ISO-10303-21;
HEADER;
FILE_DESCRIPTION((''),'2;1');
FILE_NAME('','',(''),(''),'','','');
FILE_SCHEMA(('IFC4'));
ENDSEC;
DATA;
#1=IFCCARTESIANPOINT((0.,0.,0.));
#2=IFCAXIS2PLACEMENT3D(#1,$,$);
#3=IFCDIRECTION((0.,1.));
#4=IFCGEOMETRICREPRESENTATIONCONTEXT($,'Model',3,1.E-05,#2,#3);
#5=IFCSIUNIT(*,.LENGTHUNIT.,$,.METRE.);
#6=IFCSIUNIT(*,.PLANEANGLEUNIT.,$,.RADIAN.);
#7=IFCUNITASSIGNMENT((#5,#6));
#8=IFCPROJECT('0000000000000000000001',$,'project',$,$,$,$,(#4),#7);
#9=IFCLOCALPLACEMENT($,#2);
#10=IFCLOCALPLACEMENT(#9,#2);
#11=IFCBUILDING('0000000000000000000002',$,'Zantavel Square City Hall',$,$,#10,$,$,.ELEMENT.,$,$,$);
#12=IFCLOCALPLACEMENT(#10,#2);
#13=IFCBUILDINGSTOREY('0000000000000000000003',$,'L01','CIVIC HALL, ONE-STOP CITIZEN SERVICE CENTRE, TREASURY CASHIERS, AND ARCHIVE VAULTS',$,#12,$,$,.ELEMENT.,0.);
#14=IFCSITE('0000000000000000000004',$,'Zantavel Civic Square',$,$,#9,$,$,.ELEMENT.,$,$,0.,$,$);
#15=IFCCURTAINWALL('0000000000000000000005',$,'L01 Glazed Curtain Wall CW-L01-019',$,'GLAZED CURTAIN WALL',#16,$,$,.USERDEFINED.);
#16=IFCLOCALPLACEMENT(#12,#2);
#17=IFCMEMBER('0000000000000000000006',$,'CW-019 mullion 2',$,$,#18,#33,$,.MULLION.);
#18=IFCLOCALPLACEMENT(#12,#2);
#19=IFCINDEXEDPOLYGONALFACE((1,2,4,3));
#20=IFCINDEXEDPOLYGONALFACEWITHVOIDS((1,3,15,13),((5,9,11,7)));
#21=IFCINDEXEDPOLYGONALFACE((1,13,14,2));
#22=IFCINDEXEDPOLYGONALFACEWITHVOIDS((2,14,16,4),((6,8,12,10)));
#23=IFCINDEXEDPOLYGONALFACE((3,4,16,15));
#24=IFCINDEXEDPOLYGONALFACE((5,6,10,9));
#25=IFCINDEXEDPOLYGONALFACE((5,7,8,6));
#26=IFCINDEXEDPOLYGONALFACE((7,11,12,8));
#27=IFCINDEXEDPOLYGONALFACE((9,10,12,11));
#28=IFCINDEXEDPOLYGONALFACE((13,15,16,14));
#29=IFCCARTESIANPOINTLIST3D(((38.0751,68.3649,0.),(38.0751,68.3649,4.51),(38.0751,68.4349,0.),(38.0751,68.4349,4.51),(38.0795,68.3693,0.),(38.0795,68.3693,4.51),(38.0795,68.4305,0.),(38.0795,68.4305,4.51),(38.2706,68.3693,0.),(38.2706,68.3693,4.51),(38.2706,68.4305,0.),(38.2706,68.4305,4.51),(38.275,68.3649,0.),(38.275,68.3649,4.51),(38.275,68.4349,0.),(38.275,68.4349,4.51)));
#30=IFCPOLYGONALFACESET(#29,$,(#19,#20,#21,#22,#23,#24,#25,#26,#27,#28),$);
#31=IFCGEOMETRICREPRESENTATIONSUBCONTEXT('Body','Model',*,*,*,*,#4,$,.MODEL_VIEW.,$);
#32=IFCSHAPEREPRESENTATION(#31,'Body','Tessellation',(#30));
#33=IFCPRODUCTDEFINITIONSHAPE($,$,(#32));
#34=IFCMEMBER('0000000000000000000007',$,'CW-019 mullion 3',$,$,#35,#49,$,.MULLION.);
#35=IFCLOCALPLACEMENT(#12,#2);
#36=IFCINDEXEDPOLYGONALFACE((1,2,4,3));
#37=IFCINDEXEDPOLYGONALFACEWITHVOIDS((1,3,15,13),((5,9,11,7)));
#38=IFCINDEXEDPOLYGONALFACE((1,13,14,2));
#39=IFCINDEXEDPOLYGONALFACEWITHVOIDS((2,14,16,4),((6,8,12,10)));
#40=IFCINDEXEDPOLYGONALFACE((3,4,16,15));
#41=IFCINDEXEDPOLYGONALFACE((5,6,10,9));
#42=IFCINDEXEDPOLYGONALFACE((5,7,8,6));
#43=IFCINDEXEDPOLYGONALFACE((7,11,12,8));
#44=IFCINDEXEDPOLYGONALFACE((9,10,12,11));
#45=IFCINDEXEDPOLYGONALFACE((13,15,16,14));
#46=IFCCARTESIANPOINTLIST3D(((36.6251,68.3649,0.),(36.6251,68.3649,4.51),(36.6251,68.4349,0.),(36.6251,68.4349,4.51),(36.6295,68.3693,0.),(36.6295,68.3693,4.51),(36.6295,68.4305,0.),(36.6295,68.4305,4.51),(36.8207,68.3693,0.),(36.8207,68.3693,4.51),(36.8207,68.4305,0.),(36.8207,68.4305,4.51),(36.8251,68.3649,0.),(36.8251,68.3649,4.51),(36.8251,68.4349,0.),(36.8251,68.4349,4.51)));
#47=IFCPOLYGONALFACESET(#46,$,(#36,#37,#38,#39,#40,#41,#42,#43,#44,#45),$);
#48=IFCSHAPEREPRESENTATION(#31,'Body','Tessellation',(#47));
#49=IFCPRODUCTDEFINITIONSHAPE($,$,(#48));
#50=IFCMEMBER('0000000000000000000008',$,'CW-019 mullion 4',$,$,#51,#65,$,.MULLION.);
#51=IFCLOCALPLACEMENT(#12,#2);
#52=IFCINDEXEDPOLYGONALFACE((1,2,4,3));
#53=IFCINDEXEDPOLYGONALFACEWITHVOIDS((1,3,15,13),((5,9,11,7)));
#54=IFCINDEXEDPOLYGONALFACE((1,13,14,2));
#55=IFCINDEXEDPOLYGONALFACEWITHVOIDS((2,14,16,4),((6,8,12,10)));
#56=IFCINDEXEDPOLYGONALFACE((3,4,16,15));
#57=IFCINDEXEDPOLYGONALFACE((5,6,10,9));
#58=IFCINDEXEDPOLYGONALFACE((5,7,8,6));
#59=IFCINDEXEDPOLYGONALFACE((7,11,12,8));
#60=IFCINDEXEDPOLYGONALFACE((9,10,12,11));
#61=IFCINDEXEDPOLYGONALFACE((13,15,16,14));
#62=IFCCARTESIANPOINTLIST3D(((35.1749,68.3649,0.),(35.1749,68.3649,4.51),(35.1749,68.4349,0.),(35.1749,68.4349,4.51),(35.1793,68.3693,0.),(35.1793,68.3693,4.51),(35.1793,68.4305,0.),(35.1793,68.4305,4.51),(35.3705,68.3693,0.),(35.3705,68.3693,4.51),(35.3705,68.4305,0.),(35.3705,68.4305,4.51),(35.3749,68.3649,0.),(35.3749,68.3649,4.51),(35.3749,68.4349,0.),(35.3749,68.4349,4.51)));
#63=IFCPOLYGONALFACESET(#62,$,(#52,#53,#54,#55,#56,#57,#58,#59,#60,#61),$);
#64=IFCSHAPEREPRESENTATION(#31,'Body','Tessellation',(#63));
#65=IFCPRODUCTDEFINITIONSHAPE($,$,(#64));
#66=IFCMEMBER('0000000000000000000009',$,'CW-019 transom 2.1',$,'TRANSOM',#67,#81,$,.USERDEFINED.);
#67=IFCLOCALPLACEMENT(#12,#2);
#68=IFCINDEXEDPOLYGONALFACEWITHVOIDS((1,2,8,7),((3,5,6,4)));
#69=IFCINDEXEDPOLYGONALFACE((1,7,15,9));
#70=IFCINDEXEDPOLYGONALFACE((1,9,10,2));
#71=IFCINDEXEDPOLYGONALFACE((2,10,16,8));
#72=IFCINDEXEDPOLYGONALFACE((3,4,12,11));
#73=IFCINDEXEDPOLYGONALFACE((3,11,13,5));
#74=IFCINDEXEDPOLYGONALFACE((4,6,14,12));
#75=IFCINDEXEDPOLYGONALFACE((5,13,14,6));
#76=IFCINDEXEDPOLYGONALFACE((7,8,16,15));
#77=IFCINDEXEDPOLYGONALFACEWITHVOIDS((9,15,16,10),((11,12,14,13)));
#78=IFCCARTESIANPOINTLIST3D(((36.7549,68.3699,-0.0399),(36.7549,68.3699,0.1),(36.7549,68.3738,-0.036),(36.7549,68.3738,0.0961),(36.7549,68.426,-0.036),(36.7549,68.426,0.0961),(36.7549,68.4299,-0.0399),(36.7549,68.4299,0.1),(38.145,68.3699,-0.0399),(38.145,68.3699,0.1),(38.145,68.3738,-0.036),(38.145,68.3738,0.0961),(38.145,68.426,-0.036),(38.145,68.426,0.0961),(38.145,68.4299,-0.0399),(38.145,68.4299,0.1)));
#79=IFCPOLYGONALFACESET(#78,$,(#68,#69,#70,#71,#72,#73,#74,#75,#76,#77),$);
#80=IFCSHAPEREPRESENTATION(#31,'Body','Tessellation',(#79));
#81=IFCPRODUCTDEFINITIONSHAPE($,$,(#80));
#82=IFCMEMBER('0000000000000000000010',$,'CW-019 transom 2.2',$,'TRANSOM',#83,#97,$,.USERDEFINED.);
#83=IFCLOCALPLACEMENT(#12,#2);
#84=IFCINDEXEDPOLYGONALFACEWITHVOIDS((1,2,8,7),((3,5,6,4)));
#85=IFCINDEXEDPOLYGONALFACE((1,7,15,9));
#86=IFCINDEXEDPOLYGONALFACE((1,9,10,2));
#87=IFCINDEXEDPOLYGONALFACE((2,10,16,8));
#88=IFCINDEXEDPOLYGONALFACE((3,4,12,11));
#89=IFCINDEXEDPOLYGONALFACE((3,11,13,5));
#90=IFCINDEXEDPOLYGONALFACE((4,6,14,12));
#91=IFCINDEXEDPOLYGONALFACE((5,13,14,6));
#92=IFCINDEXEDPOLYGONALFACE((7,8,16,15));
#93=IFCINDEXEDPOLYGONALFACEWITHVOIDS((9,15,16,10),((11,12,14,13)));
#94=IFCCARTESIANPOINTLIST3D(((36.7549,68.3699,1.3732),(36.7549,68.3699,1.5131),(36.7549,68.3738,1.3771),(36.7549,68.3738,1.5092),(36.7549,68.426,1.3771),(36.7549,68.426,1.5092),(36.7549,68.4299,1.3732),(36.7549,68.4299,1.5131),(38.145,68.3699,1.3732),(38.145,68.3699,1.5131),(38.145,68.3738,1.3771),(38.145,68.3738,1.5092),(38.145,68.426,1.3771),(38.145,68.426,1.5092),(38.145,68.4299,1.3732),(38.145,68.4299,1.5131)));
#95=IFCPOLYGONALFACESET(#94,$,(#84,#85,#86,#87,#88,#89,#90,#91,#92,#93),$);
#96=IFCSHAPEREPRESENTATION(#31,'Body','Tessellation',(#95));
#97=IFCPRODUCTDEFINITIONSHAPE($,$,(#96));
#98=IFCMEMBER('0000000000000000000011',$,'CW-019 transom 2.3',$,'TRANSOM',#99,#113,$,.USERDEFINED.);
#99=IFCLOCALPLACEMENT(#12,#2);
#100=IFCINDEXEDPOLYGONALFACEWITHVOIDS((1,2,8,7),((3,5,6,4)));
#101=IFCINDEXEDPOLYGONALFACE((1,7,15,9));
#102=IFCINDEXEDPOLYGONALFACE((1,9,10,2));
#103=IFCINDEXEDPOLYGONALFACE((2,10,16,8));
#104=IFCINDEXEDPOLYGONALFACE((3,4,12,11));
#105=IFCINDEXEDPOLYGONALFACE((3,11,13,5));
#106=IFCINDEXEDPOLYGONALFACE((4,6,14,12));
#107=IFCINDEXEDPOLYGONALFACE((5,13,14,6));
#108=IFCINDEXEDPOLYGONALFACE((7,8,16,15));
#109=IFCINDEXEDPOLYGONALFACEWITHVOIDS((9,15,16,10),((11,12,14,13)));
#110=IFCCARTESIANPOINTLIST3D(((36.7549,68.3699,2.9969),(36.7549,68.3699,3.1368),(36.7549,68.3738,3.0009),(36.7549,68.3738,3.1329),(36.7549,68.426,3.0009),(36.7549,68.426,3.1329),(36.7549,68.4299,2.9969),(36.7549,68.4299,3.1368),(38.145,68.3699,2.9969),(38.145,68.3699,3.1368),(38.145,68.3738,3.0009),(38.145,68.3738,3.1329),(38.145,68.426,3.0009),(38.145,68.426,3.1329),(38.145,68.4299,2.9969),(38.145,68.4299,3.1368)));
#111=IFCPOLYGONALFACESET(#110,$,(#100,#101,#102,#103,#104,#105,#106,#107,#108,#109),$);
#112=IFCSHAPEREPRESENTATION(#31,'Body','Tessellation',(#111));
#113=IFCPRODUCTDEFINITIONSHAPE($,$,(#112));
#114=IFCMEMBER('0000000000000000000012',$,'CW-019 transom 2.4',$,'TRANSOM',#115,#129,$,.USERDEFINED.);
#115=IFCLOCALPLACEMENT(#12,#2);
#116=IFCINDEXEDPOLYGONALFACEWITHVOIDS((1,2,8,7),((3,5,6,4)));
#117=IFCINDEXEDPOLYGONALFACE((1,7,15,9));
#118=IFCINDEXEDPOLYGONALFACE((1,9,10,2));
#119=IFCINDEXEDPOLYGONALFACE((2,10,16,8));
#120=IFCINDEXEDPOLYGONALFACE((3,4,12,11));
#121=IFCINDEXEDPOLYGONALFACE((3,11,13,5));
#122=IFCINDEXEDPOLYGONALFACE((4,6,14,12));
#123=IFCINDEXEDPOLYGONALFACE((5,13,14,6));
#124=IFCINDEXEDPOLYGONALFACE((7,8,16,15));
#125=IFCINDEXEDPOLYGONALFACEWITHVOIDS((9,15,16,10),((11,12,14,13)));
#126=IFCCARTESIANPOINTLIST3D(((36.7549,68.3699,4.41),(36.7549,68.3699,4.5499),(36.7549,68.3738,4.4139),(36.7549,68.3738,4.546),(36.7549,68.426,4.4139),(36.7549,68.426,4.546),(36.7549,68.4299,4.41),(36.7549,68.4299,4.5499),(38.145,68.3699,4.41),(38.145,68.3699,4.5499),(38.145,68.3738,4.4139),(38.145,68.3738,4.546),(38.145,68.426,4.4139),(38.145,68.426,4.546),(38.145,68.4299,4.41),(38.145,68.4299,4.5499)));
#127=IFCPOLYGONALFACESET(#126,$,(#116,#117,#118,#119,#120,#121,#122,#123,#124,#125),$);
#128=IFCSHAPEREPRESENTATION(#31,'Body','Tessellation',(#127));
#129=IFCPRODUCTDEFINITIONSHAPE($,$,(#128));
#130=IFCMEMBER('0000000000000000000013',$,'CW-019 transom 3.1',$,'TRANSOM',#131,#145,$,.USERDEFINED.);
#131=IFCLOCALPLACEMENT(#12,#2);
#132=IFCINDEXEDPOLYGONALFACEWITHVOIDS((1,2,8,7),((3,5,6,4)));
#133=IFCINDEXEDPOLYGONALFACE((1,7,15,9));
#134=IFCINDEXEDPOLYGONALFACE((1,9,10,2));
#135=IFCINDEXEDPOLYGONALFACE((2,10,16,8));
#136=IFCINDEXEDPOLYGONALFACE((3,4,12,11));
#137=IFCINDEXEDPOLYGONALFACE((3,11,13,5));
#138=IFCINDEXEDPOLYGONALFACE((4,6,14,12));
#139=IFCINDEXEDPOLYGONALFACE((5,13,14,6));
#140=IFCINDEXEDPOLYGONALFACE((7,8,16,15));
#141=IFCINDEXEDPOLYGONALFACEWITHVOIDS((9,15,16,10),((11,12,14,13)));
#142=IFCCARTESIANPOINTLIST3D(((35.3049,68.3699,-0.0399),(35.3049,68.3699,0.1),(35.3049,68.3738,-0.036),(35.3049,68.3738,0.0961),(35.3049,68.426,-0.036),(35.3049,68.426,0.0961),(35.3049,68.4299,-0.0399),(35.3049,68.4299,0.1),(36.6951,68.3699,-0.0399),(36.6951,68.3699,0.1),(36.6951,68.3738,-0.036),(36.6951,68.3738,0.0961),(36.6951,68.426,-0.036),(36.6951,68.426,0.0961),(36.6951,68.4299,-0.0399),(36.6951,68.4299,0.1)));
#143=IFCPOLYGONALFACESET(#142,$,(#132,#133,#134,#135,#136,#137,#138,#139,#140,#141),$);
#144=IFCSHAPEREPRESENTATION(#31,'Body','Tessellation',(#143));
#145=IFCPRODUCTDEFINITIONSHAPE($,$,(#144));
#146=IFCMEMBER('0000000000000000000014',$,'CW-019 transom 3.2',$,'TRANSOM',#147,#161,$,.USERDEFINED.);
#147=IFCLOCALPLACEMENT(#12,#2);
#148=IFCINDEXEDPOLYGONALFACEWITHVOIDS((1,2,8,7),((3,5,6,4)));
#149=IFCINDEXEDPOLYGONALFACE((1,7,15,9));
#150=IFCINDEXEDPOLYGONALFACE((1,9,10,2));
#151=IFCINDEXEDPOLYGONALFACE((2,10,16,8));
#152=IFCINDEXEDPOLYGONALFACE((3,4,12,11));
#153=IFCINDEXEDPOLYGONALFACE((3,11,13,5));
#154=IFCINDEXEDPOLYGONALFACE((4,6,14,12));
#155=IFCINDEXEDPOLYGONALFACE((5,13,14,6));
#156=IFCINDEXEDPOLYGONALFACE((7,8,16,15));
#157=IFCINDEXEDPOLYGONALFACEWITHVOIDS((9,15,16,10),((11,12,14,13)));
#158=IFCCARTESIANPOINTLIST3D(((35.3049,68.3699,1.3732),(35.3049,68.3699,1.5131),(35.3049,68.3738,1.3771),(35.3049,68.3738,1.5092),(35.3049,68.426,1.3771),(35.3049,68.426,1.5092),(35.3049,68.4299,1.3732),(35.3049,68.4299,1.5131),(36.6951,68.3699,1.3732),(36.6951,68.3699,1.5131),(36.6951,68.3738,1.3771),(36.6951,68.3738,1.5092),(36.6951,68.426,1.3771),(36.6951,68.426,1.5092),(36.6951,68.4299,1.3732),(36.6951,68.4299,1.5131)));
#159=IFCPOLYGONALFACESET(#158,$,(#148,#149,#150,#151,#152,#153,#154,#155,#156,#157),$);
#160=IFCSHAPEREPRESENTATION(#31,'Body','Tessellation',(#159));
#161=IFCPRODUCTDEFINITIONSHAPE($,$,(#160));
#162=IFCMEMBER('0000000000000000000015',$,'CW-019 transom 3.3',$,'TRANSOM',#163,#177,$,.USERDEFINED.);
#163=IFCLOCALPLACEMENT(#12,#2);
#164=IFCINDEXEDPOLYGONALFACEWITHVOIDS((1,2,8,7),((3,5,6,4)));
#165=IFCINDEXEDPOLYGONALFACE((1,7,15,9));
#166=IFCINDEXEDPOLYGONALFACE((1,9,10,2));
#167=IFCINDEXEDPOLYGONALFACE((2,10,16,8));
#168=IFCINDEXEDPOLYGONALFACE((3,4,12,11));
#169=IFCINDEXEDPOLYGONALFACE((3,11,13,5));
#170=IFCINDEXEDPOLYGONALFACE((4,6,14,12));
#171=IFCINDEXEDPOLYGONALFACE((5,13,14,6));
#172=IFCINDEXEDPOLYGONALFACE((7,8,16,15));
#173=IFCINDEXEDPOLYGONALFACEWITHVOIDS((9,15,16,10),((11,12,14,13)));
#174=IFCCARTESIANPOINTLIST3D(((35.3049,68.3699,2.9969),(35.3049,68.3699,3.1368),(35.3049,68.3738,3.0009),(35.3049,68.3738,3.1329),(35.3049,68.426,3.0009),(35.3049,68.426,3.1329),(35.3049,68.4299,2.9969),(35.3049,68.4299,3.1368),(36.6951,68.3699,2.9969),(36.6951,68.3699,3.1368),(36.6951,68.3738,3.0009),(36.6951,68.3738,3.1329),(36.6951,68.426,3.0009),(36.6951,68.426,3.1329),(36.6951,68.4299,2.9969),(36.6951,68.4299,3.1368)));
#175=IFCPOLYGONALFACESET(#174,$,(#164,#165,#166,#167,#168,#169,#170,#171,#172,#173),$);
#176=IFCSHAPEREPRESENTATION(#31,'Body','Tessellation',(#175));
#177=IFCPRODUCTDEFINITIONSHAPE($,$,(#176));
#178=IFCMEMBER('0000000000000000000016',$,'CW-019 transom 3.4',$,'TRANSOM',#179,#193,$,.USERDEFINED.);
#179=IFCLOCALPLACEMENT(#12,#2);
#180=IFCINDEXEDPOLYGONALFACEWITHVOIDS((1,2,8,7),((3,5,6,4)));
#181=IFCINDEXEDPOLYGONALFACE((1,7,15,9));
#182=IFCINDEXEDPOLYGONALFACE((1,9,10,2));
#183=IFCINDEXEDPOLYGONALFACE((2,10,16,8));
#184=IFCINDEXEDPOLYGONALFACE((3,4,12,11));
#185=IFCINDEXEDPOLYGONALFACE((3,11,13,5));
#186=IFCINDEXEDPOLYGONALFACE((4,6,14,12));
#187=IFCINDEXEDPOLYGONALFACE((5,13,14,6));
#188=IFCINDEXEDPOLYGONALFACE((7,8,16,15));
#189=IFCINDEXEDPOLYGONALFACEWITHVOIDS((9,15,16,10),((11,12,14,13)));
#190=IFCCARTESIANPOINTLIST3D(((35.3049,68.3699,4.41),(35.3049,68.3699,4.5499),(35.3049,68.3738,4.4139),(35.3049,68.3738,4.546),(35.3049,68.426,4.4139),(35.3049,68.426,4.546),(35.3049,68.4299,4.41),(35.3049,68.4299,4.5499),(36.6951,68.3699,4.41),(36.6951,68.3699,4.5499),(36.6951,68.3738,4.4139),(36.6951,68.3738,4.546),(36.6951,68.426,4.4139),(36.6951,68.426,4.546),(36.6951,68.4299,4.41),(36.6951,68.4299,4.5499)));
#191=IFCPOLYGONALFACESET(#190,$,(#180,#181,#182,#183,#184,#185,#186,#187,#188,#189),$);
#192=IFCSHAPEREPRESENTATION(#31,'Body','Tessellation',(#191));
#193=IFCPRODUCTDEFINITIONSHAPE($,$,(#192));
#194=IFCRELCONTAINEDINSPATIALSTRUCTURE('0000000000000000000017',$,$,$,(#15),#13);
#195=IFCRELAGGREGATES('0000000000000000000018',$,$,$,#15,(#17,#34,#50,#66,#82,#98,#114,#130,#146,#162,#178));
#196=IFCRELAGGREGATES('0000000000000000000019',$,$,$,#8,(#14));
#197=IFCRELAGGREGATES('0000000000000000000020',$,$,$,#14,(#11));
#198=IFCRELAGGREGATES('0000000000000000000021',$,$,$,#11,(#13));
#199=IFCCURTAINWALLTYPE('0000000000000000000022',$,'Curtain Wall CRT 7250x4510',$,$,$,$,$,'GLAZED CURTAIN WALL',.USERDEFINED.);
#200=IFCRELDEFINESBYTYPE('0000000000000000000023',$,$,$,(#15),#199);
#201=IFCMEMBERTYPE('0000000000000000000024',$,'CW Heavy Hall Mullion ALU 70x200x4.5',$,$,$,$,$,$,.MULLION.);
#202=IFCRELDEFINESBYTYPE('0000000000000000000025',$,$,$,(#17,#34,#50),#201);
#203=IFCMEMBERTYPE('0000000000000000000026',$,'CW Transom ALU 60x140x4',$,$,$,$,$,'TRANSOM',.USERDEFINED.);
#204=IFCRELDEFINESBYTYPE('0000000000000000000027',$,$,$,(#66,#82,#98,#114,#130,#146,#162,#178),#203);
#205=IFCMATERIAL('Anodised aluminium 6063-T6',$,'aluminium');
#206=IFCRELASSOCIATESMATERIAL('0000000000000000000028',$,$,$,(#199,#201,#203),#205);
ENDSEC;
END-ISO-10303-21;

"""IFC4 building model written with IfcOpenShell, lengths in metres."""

from ifc_helpers import new_model, si_unit, direction, frame, origin, origin_2d, place, context, subcontext, project, spatial, hollow_rectangle, extrude, material, material_profile, profile_set, type_object, element, aggregate, save


model = new_model("IFC4")

# Units and contexts
model_context = context("Model", 3, precision=1e-05, world=origin(), true_north=direction((0.0, 1.0)))
body_context = subcontext(model_context, "Body", "Model", "MODEL_VIEW")
ifc_project = project(units=[si_unit("LENGTHUNIT", "METRE"), si_unit("PLANEANGLEUNIT", "RADIAN")], contexts=[model_context])

# Site, building, storey
site_placement = place(None, origin())
site = spatial("IfcSite", under=ifc_project, at=site_placement, Name="Zantavel Civic Square", CompositionType="ELEMENT", RefElevation=0.0)
building_placement = place(site_placement, origin())
building = spatial("IfcBuilding", under=site, at=building_placement, Name="Zantavel Square City Hall", CompositionType="ELEMENT")
storey_placement = place(building_placement, origin())
storey = spatial("IfcBuildingStorey", under=building, at=storey_placement, Name="L01", Description="CIVIC HALL, ONE-STOP CITIZEN SERVICE CENTRE, TREASURY CASHIERS, AND ARCHIVE VAULTS", CompositionType="ELEMENT", Elevation=0.0)

# Curtain wall, members
ifc_material_1 = material(Name="Anodised aluminium 6063-T6", Category="aluminium")
curtain_wall_type = type_object("IfcCurtainWallType", Name="Curtain Wall CRT 7250x4510", ElementType="GLAZED CURTAIN WALL", PredefinedType="USERDEFINED", material=ifc_material_1)
curtain_wall_placement = place(storey_placement, origin())
curtain_wall = element("IfcCurtainWall", 1, at=curtain_wall_placement, inside=storey, type_object=curtain_wall_type, Name="L01 Glazed Curtain Wall CW-L01-019", ObjectType="GLAZED CURTAIN WALL", PredefinedType="USERDEFINED")
ifc_material_profile_1 = material_profile(ifc_material_1, hollow_rectangle(XDim=0.0701, YDim=0.2, WallThickness=0.0044, at=origin_2d()), Name="ALU 70x200x4.5")
ifc_profile_set_1 = profile_set([ifc_material_profile_1], Name="Anodised aluminium 6063-T6")
member_type_1 = type_object("IfcMemberType", Name="CW Heavy Hall Mullion ALU 70x200x4.5", PredefinedType="MULLION", material=ifc_profile_set_1)
member_1_placement = place(storey_placement, frame((38.175, 68.3999, 0.0), z_axis=(0.0, 0.0, 1.0), x_axis=(0.0, -1.0, 0.0)))
member_1 = element("IfcMember", 2, at=member_1_placement, type_object=member_type_1, Name="CW-019 mullion 2", PredefinedType="MULLION", context=body_context, shape_type="SweptSolid", body=[
    extrude(hollow_rectangle(XDim=0.0701, YDim=0.2, WallThickness=0.0044, at=origin_2d()), origin(), (0.0, 0.0, 1.0), 4.51),
])
member_2_placement = place(storey_placement, frame((36.7251, 68.3999, 0.0), z_axis=(0.0, 0.0, 1.0), x_axis=(0.0, -1.0, 0.0)))
member_2 = element("IfcMember", 3, at=member_2_placement, type_object=member_type_1, Name="CW-019 mullion 3", PredefinedType="MULLION", context=body_context, shape_type="SweptSolid", body=[
    extrude(hollow_rectangle(XDim=0.0701, YDim=0.2, WallThickness=0.0044, at=origin_2d()), origin(), (0.0, 0.0, 1.0), 4.51),
])
member_3_placement = place(storey_placement, frame((35.2749, 68.3999, 0.0), z_axis=(0.0, 0.0, 1.0), x_axis=(0.0, -1.0, 0.0)))
member_3 = element("IfcMember", 4, at=member_3_placement, type_object=member_type_1, Name="CW-019 mullion 4", PredefinedType="MULLION", context=body_context, shape_type="SweptSolid", body=[
    extrude(hollow_rectangle(XDim=0.0701, YDim=0.2, WallThickness=0.0044, at=origin_2d()), origin(), (0.0, 0.0, 1.0), 4.51),
])
ifc_material_profile_2 = material_profile(ifc_material_1, hollow_rectangle(XDim=0.0601, YDim=0.1399, WallThickness=0.0039, at=origin_2d()), Name="ALU 60x140x4")
ifc_profile_set_2 = profile_set([ifc_material_profile_2], Name="Anodised aluminium 6063-T6")
member_type_2 = type_object("IfcMemberType", Name="CW Transom ALU 60x140x4", ElementType="TRANSOM", PredefinedType="USERDEFINED", material=ifc_profile_set_2)
member_4_placement = place(storey_placement, frame((38.145, 68.3999, 0.03), z_axis=(-1.0, 0.0, 0.0), x_axis=(0.0, -1.0, 0.0)))
member_4 = element("IfcMember", 5, at=member_4_placement, type_object=member_type_2, Name="CW-019 transom 2.1", ObjectType="TRANSOM", PredefinedType="USERDEFINED", context=body_context, shape_type="SweptSolid", body=[
    extrude(hollow_rectangle(XDim=0.0601, YDim=0.1399, WallThickness=0.0039, at=origin_2d()), origin(), (0.0, 0.0, 1.0), 1.3901),
])
member_5_placement = place(storey_placement, frame((38.145, 68.3999, 1.4431), z_axis=(-1.0, 0.0, 0.0), x_axis=(0.0, -1.0, 0.0)))
member_5 = element("IfcMember", 6, at=member_5_placement, type_object=member_type_2, Name="CW-019 transom 2.2", ObjectType="TRANSOM", PredefinedType="USERDEFINED", context=body_context, shape_type="SweptSolid", body=[
    extrude(hollow_rectangle(XDim=0.0601, YDim=0.1399, WallThickness=0.0039, at=origin_2d()), origin(), (0.0, 0.0, 1.0), 1.3901),
])
member_6_placement = place(storey_placement, frame((38.145, 68.3999, 3.0669), z_axis=(-1.0, 0.0, 0.0), x_axis=(0.0, -1.0, 0.0)))
member_6 = element("IfcMember", 7, at=member_6_placement, type_object=member_type_2, Name="CW-019 transom 2.3", ObjectType="TRANSOM", PredefinedType="USERDEFINED", context=body_context, shape_type="SweptSolid", body=[
    extrude(hollow_rectangle(XDim=0.0601, YDim=0.1399, WallThickness=0.0039, at=origin_2d()), origin(), (0.0, 0.0, 1.0), 1.3901),
])
member_7_placement = place(storey_placement, frame((38.145, 68.3999, 4.48), z_axis=(-1.0, 0.0, 0.0), x_axis=(0.0, -1.0, 0.0)))
member_7 = element("IfcMember", 8, at=member_7_placement, type_object=member_type_2, Name="CW-019 transom 2.4", ObjectType="TRANSOM", PredefinedType="USERDEFINED", context=body_context, shape_type="SweptSolid", body=[
    extrude(hollow_rectangle(XDim=0.0601, YDim=0.1399, WallThickness=0.0039, at=origin_2d()), origin(), (0.0, 0.0, 1.0), 1.3901),
])
member_8_placement = place(storey_placement, frame((36.6951, 68.3999, 0.03), z_axis=(-1.0, 0.0, 0.0), x_axis=(0.0, -1.0, 0.0)))
member_8 = element("IfcMember", 9, at=member_8_placement, type_object=member_type_2, Name="CW-019 transom 3.1", ObjectType="TRANSOM", PredefinedType="USERDEFINED", context=body_context, shape_type="SweptSolid", body=[
    extrude(hollow_rectangle(XDim=0.0601, YDim=0.1399, WallThickness=0.0039, at=origin_2d()), origin(), (0.0, 0.0, 1.0), 1.3901),
])
member_9_placement = place(storey_placement, frame((36.6951, 68.3999, 1.4431), z_axis=(-1.0, 0.0, 0.0), x_axis=(0.0, -1.0, 0.0)))
member_9 = element("IfcMember", 10, at=member_9_placement, type_object=member_type_2, Name="CW-019 transom 3.2", ObjectType="TRANSOM", PredefinedType="USERDEFINED", context=body_context, shape_type="SweptSolid", body=[
    extrude(hollow_rectangle(XDim=0.0601, YDim=0.1399, WallThickness=0.0039, at=origin_2d()), origin(), (0.0, 0.0, 1.0), 1.3901),
])
member_10_placement = place(storey_placement, frame((36.6951, 68.3999, 3.0669), z_axis=(-1.0, 0.0, 0.0), x_axis=(0.0, -1.0, 0.0)))
member_10 = element("IfcMember", 11, at=member_10_placement, type_object=member_type_2, Name="CW-019 transom 3.3", ObjectType="TRANSOM", PredefinedType="USERDEFINED", context=body_context, shape_type="SweptSolid", body=[
    extrude(hollow_rectangle(XDim=0.0601, YDim=0.1399, WallThickness=0.0039, at=origin_2d()), origin(), (0.0, 0.0, 1.0), 1.3901),
])
member_11_placement = place(storey_placement, frame((36.6951, 68.3999, 4.48), z_axis=(-1.0, 0.0, 0.0), x_axis=(0.0, -1.0, 0.0)))
member_11 = element("IfcMember", 12, at=member_11_placement, type_object=member_type_2, Name="CW-019 transom 3.4", ObjectType="TRANSOM", PredefinedType="USERDEFINED", context=body_context, shape_type="SweptSolid", body=[
    extrude(hollow_rectangle(XDim=0.0601, YDim=0.1399, WallThickness=0.0039, at=origin_2d()), origin(), (0.0, 0.0, 1.0), 1.3901),
])
aggregate(curtain_wall, [member_1, member_2, member_3, member_4, member_5, member_6, member_7, member_8, member_9, member_10, member_11])

save(model, "model.ifc")
